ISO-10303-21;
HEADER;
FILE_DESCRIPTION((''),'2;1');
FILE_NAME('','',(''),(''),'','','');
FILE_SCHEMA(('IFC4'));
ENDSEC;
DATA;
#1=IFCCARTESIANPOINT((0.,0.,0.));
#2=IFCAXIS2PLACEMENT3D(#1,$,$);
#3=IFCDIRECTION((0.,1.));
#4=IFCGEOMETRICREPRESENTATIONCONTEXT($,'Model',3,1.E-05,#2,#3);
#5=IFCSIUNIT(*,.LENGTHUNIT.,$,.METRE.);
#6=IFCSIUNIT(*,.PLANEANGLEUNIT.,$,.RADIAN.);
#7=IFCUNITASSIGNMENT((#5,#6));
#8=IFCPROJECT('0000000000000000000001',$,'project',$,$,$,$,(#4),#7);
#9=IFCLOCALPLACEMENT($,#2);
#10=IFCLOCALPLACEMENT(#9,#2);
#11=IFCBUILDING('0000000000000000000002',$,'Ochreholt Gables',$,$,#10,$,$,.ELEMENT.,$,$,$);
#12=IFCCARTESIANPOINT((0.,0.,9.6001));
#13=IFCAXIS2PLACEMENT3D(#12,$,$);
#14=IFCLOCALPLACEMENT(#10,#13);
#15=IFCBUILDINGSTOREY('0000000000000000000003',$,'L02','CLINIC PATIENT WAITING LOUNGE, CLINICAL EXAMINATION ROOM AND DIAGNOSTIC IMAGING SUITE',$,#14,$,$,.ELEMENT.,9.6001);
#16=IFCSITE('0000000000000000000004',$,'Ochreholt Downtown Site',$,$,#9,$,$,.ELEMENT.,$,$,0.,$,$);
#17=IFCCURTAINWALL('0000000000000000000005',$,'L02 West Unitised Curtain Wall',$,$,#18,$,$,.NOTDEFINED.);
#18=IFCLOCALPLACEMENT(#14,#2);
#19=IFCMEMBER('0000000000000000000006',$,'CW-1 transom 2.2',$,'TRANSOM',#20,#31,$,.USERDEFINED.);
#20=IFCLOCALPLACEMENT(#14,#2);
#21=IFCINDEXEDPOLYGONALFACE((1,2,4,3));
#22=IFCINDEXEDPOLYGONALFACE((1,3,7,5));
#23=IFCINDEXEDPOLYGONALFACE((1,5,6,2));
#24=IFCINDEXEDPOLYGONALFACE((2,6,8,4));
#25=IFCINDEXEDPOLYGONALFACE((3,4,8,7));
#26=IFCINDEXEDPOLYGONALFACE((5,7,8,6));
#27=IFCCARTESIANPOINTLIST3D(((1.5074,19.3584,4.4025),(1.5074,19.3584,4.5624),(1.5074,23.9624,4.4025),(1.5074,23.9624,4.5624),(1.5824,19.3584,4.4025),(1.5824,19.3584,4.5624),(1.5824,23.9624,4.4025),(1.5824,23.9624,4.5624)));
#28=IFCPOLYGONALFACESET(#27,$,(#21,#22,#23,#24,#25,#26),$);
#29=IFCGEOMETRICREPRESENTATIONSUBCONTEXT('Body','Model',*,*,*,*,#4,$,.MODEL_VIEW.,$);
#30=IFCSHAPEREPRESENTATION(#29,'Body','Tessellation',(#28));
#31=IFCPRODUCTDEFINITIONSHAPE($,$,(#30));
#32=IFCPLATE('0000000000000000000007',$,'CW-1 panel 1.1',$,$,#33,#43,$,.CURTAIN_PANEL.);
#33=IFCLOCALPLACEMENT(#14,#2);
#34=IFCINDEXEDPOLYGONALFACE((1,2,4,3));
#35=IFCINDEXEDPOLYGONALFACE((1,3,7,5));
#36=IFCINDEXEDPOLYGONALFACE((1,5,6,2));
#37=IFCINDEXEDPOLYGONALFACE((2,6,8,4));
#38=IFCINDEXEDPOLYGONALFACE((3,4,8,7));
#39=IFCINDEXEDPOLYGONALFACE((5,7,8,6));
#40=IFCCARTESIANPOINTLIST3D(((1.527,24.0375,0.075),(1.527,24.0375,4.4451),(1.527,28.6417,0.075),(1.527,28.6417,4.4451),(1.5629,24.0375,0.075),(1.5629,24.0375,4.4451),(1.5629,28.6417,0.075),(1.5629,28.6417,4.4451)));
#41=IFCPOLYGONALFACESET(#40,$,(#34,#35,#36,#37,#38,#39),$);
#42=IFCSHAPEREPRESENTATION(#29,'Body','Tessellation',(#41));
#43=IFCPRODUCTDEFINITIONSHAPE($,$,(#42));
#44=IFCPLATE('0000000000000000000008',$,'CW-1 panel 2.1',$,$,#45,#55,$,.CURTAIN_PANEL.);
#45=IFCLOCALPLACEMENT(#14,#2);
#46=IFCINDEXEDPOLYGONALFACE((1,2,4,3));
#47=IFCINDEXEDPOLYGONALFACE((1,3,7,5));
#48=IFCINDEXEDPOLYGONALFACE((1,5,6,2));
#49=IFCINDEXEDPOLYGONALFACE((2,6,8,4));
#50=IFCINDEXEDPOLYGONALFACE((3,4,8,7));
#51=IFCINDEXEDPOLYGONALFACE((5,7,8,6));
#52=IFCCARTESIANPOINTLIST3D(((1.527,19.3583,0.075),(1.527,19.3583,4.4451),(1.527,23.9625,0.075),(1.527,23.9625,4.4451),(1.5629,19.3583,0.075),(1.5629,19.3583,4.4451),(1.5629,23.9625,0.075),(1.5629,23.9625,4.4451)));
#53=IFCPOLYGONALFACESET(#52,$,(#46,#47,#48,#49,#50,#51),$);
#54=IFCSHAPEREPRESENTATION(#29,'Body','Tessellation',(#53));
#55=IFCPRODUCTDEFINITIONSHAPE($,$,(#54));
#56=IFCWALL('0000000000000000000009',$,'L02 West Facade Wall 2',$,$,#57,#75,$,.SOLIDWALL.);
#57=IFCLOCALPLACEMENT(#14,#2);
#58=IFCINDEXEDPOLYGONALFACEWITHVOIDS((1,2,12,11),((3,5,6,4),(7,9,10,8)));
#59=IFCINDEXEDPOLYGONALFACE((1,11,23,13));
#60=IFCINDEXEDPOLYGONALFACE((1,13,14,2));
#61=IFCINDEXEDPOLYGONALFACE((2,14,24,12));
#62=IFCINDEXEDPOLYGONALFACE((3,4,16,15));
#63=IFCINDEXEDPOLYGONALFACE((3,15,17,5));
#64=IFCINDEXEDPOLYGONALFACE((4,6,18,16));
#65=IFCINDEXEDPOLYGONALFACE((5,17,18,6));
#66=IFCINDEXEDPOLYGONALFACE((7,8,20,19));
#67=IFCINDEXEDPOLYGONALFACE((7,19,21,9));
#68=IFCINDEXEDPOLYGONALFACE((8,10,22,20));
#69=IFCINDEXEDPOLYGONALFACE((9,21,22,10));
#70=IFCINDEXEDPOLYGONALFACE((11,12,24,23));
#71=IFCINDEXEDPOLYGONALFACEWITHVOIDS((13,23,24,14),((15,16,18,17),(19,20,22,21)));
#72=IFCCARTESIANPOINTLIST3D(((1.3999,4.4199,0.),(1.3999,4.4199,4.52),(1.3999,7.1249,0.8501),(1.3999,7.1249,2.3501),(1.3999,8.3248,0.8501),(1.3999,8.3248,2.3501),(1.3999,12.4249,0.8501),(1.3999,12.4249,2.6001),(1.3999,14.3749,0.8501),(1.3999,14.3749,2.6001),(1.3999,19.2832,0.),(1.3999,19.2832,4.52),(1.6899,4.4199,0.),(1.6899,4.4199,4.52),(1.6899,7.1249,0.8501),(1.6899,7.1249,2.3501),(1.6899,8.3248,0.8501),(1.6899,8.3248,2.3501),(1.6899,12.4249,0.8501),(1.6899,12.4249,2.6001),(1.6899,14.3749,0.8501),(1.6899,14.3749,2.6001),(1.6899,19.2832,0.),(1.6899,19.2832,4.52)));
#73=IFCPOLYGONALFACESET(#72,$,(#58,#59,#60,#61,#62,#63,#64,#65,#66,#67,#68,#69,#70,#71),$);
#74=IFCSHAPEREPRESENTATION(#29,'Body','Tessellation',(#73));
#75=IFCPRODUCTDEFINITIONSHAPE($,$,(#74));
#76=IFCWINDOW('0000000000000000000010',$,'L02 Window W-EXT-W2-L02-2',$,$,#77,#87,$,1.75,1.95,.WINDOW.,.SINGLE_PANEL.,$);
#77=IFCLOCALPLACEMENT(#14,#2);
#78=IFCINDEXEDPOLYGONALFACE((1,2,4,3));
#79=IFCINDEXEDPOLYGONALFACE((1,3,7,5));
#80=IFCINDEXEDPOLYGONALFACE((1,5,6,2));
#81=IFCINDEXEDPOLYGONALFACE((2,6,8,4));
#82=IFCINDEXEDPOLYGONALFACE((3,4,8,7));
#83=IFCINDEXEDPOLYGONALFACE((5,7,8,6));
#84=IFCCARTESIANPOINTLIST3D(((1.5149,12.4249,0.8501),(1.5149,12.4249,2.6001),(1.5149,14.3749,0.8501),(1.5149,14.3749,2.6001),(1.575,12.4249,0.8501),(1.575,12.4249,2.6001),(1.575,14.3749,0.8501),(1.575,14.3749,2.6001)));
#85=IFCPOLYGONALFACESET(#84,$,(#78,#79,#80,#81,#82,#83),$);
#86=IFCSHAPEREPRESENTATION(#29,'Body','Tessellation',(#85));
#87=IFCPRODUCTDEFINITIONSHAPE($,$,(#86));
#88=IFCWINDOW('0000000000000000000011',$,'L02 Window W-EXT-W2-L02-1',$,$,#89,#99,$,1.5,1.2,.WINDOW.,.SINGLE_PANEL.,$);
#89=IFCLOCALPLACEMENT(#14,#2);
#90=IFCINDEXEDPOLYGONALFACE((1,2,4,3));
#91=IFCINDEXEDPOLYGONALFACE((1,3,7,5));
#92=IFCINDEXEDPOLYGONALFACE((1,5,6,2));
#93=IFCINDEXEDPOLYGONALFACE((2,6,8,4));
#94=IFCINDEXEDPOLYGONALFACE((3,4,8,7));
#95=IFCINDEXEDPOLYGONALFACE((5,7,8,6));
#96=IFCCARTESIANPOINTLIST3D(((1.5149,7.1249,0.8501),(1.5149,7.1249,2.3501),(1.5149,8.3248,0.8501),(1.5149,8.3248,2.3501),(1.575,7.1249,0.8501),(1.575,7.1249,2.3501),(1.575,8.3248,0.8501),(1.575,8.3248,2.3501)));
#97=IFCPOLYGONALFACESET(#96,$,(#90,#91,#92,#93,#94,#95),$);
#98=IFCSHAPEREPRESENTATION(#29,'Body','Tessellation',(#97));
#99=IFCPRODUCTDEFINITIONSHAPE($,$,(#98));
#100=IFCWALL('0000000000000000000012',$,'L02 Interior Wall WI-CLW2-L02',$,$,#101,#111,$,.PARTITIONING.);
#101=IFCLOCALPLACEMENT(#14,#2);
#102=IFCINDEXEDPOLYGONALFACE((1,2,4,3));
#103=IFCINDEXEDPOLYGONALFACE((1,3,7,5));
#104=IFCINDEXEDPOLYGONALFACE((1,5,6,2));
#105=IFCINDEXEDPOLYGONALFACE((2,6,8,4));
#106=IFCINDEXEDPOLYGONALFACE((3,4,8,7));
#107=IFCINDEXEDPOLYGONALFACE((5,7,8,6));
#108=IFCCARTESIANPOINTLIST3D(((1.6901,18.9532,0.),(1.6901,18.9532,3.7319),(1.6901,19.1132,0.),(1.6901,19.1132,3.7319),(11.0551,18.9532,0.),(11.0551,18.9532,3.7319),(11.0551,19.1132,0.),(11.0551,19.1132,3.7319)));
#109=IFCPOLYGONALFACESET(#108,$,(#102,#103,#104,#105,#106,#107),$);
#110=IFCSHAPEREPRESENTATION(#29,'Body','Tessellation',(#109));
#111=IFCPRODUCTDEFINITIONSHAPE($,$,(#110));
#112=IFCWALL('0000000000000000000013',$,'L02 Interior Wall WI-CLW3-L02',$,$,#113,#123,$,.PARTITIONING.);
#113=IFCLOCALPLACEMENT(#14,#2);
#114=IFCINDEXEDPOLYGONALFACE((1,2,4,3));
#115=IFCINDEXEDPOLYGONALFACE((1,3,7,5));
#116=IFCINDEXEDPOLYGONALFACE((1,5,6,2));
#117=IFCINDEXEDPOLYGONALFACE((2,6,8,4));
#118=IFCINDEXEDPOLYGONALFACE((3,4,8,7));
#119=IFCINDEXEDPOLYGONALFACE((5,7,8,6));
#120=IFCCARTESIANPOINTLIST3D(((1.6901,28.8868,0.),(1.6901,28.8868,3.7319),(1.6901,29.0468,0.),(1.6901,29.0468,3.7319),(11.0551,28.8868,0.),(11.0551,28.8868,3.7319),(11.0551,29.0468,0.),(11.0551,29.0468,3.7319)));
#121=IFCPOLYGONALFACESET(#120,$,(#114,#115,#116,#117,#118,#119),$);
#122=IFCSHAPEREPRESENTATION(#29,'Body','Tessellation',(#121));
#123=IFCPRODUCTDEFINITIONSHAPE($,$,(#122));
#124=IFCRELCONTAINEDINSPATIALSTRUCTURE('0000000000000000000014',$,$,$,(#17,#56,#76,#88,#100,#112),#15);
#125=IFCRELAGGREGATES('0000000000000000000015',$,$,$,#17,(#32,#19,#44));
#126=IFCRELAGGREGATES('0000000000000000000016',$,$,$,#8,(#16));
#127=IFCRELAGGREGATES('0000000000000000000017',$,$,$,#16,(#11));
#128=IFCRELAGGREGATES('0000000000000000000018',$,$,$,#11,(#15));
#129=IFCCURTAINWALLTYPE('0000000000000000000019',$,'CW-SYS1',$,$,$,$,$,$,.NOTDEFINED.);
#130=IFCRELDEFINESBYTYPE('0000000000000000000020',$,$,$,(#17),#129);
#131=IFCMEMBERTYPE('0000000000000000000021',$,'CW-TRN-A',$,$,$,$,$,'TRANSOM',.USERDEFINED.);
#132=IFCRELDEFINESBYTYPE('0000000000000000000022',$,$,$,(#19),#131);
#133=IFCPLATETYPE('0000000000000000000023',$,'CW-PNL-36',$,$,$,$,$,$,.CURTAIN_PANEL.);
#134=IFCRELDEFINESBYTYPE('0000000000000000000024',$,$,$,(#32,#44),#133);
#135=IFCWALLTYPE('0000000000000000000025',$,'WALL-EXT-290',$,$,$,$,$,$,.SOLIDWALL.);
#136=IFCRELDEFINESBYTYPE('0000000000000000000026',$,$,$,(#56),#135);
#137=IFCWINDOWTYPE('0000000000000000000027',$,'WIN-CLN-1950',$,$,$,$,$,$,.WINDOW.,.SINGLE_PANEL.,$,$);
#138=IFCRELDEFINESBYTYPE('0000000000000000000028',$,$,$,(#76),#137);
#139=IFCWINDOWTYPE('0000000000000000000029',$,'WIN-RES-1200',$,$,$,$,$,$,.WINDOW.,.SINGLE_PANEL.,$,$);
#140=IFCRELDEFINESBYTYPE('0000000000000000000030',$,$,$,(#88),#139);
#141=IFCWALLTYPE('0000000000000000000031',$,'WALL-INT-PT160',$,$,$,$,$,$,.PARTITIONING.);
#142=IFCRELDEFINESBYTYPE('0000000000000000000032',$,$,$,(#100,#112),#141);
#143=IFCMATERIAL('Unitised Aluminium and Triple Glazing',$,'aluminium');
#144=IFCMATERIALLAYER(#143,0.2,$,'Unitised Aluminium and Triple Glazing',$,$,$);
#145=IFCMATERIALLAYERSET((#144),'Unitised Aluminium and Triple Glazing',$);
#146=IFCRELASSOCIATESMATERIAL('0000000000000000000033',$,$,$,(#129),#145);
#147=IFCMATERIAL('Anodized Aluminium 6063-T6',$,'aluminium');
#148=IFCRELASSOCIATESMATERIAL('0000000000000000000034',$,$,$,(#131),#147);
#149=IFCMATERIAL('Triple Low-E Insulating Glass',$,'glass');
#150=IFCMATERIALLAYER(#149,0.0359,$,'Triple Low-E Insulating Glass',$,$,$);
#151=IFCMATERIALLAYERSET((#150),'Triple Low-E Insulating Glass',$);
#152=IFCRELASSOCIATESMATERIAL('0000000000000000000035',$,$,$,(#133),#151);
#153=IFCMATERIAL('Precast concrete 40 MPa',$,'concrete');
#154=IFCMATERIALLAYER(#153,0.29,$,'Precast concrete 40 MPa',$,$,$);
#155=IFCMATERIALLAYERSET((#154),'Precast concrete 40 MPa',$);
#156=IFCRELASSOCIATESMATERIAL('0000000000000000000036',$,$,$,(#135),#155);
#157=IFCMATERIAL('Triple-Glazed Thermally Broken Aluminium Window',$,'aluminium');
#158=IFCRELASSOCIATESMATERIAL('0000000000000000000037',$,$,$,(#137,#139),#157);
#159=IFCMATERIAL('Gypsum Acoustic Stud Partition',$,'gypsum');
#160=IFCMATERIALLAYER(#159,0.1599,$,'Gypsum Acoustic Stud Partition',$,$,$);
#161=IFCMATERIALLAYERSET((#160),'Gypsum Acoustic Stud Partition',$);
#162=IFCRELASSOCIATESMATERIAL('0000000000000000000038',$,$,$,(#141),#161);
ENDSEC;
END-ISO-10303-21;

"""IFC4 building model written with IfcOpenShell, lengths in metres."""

from ifc_helpers import new_model, si_unit, direction, frame, frame_2d, origin, origin_2d, place, context, subcontext, project, spatial, rectangle, extrude, material, layer, layer_set, material_profile, profile_set, type_object, element, fill, aggregate, save


model = new_model("IFC4")

# Units and contexts
model_context = context("Model", 3, precision=1e-05, world=origin(), true_north=direction((0.0, 1.0)))
body_context = subcontext(model_context, "Body", "Model", "MODEL_VIEW")
ifc_project = project(units=[si_unit("LENGTHUNIT", "METRE"), si_unit("PLANEANGLEUNIT", "RADIAN")], contexts=[model_context])

# Site, building, storey
site_placement = place(None, origin())
site = spatial("IfcSite", under=ifc_project, at=site_placement, Name="Ochreholt Downtown Site", CompositionType="ELEMENT", RefElevation=0.0)
building_placement = place(site_placement, origin())
building = spatial("IfcBuilding", under=site, at=building_placement, Name="Ochreholt Gables", CompositionType="ELEMENT")
storey_placement = place(building_placement, frame((0.0, 0.0, 9.6001)))
storey = spatial("IfcBuildingStorey", under=building, at=storey_placement, Name="L02", Description="CLINIC PATIENT WAITING LOUNGE, CLINICAL EXAMINATION ROOM AND DIAGNOSTIC IMAGING SUITE", CompositionType="ELEMENT", Elevation=9.6001)

# Curtain wall, member, plates
ifc_material_1 = material(Name="Unitised Aluminium and Triple Glazing", Category="aluminium")
ifc_layer_1 = layer(ifc_material_1, 0.2, Name="Unitised Aluminium and Triple Glazing")
ifc_layer_set_1 = layer_set([ifc_layer_1], Name="Unitised Aluminium and Triple Glazing")
curtain_wall_type = type_object("IfcCurtainWallType", Name="CW-SYS1", PredefinedType="NOTDEFINED", material=ifc_layer_set_1)
curtain_wall_placement = place(storey_placement, origin())
curtain_wall = element("IfcCurtainWall", 1, at=curtain_wall_placement, inside=storey, type_object=curtain_wall_type, Name="L02 West Unitised Curtain Wall", PredefinedType="NOTDEFINED")
ifc_material_2 = material(Name="Anodized Aluminium 6063-T6", Category="aluminium")
ifc_material_profile_1 = material_profile(ifc_material_2, rectangle(XDim=0.075, YDim=0.1599, at=origin_2d()), Name="CWT75X160")
ifc_profile_set_1 = profile_set([ifc_material_profile_1], Name="Anodized Aluminium 6063-T6")
member_type_1 = type_object("IfcMemberType", Name="CW-TRN-A", ElementType="TRANSOM", PredefinedType="USERDEFINED", material=ifc_profile_set_1)
member_1_placement = place(storey_placement, frame((1.5449, 23.9624, 4.4824), z_axis=(0.0, -1.0, 0.0), x_axis=(1.0, 0.0, 0.0)))
member_1 = element("IfcMember", 2, at=member_1_placement, type_object=member_type_1, Name="CW-1 transom 2.2", ObjectType="TRANSOM", PredefinedType="USERDEFINED", context=body_context, shape_type="SweptSolid", body=[
    extrude(rectangle(XDim=0.075, YDim=0.1599, at=origin_2d()), origin(), (0.0, 0.0, 1.0), 4.604),
])
ifc_material_3 = material(Name="Triple Low-E Insulating Glass", Category="glass")
ifc_layer_2 = layer(ifc_material_3, 0.0359, Name="Triple Low-E Insulating Glass")
ifc_layer_set_2 = layer_set([ifc_layer_2], Name="Triple Low-E Insulating Glass")
plate_type = type_object("IfcPlateType", Name="CW-PNL-36", PredefinedType="CURTAIN_PANEL", material=ifc_layer_set_2)
plate_1_placement = place(storey_placement, frame((1.5449, 26.3396, 0.075), z_axis=(0.0, 0.0, 1.0), x_axis=(0.0, -1.0, 0.0)))
plate_1 = element("IfcPlate", 3, at=plate_1_placement, type_object=plate_type, Name="CW-1 panel 1.1", PredefinedType="CURTAIN_PANEL", context=body_context, shape_type="SweptSolid", body=[
    extrude(rectangle(XDim=4.6042, YDim=0.0359, at=origin_2d()), origin(), (0.0, 0.0, 1.0), 4.3701),
])
plate_2_placement = place(storey_placement, frame((1.5449, 21.6604, 0.075), z_axis=(0.0, 0.0, 1.0), x_axis=(0.0, -1.0, 0.0)))
plate_2 = element("IfcPlate", 4, at=plate_2_placement, type_object=plate_type, Name="CW-1 panel 2.1", PredefinedType="CURTAIN_PANEL", context=body_context, shape_type="SweptSolid", body=[
    extrude(rectangle(XDim=4.6042, YDim=0.0359, at=origin_2d()), origin(), (0.0, 0.0, 1.0), 4.3701),
])
aggregate(curtain_wall, [plate_1, member_1, plate_2])

# Wall, openings, windows
ifc_material_4 = material(Name="Precast concrete 40 MPa", Category="concrete")
ifc_layer_3 = layer(ifc_material_4, 0.29, Name="Precast concrete 40 MPa")
ifc_layer_set_3 = layer_set([ifc_layer_3], Name="Precast concrete 40 MPa")
wall_type_1 = type_object("IfcWallType", Name="WALL-EXT-290", PredefinedType="SOLIDWALL", material=ifc_layer_set_3)
wall_placement = place(storey_placement, frame((1.5449, 19.2832, 0.0), z_axis=(0.0, 0.0, 1.0), x_axis=(0.0, -1.0, 0.0)))
wall = element("IfcWall", 5, at=wall_placement, inside=storey, type_object=wall_type_1, Name="L02 West Facade Wall 2", PredefinedType="SOLIDWALL", context=body_context, shape_type="SweptSolid", body=[
    extrude(rectangle(XDim=14.8633, YDim=0.29, at=frame_2d((7.4316, 0.0))), origin(), (0.0, 0.0, 1.0), 4.52),
])
opening_1_placement = place(wall_placement, frame((10.9583, 0.0, 0.8501)))
opening_1 = element("IfcOpeningElement", 6, at=opening_1_placement, cuts=wall, PredefinedType="OPENING", context=body_context, shape_type="SweptSolid", body=[
    extrude(rectangle(XDim=1.2, YDim=1.5, at=frame_2d((0.6001, 0.75))), frame((0.0, 0.155, 0.0), z_axis=(0.0, -1.0, 0.0), x_axis=(1.0, 0.0, 0.0)), (0.0, 0.0, 1.0), 0.3101),
])
opening_2_placement = place(wall_placement, frame((4.9082, 0.0, 0.8501)))
opening_2 = element("IfcOpeningElement", 7, at=opening_2_placement, cuts=wall, PredefinedType="OPENING", context=body_context, shape_type="SweptSolid", body=[
    extrude(rectangle(XDim=1.95, YDim=1.75, at=frame_2d((0.9751, 0.875))), frame((0.0, 0.155, 0.0), z_axis=(0.0, -1.0, 0.0), x_axis=(1.0, 0.0, 0.0)), (0.0, 0.0, 1.0), 0.3101),
])
ifc_material_5 = material(Name="Triple-Glazed Thermally Broken Aluminium Window", Category="aluminium")
window_type_1 = type_object("IfcWindowType", Name="WIN-CLN-1950", PartitioningType="SINGLE_PANEL", PredefinedType="WINDOW", material=ifc_material_5)
window_1_placement = place(opening_2_placement, origin())
window_1 = element("IfcWindow", 8, at=window_1_placement, inside=storey, type_object=window_type_1, Name="L02 Window W-EXT-W2-L02-2", OverallHeight=1.75, OverallWidth=1.95, PartitioningType="SINGLE_PANEL", PredefinedType="WINDOW", context=body_context, shape_type="SweptSolid", body=[
    extrude(rectangle(XDim=1.95, YDim=1.75, at=frame_2d((0.9751, 0.875))), frame((0.0, 0.03, 0.0), z_axis=(0.0, -1.0, 0.0), x_axis=(1.0, 0.0, 0.0)), (0.0, 0.0, 1.0), 0.0601),
])
fill(opening_2, window_1)
window_type_2 = type_object("IfcWindowType", Name="WIN-RES-1200", PartitioningType="SINGLE_PANEL", PredefinedType="WINDOW", material=ifc_material_5)
window_2_placement = place(opening_1_placement, origin())
window_2 = element("IfcWindow", 9, at=window_2_placement, inside=storey, type_object=window_type_2, Name="L02 Window W-EXT-W2-L02-1", OverallHeight=1.5, OverallWidth=1.2, PartitioningType="SINGLE_PANEL", PredefinedType="WINDOW", context=body_context, shape_type="SweptSolid", body=[
    extrude(rectangle(XDim=1.2, YDim=1.5, at=frame_2d((0.6001, 0.75))), frame((0.0, 0.03, 0.0), z_axis=(0.0, -1.0, 0.0), x_axis=(1.0, 0.0, 0.0)), (0.0, 0.0, 1.0), 0.0601),
])
fill(opening_1, window_2)

# Walls
ifc_material_6 = material(Name="Gypsum Acoustic Stud Partition", Category="gypsum")
ifc_layer_4 = layer(ifc_material_6, 0.1599, Name="Gypsum Acoustic Stud Partition")
ifc_layer_set_4 = layer_set([ifc_layer_4], Name="Gypsum Acoustic Stud Partition")
wall_type_2 = type_object("IfcWallType", Name="WALL-INT-PT160", PredefinedType="PARTITIONING", material=ifc_layer_set_4)
for number, where, z_axis, x_axis, name in (
    (10, (1.6899, 19.0332, 0.0), (0.0, 0.0, 1.0), (1.0, 0.0, 0.0), "L02 Interior Wall WI-CLW2-L02"),
    (11, (1.6899, 28.9668, 0.0), (0.0, 0.0, 1.0), (1.0, 0.0, 0.0), "L02 Interior Wall WI-CLW3-L02"),
):
    element("IfcWall", number, at=place(storey_placement, frame(where, z_axis=z_axis, x_axis=x_axis)), inside=storey, type_object=wall_type_2, Name=name, PredefinedType="PARTITIONING", context=body_context, shape_type="SweptSolid", body=[
        extrude(rectangle(XDim=9.365, YDim=0.1599, at=frame_2d((4.6826, 0.0))), origin(), (0.0, 0.0, 1.0), 3.7319),
    ])

save(model, "model.ifc")
